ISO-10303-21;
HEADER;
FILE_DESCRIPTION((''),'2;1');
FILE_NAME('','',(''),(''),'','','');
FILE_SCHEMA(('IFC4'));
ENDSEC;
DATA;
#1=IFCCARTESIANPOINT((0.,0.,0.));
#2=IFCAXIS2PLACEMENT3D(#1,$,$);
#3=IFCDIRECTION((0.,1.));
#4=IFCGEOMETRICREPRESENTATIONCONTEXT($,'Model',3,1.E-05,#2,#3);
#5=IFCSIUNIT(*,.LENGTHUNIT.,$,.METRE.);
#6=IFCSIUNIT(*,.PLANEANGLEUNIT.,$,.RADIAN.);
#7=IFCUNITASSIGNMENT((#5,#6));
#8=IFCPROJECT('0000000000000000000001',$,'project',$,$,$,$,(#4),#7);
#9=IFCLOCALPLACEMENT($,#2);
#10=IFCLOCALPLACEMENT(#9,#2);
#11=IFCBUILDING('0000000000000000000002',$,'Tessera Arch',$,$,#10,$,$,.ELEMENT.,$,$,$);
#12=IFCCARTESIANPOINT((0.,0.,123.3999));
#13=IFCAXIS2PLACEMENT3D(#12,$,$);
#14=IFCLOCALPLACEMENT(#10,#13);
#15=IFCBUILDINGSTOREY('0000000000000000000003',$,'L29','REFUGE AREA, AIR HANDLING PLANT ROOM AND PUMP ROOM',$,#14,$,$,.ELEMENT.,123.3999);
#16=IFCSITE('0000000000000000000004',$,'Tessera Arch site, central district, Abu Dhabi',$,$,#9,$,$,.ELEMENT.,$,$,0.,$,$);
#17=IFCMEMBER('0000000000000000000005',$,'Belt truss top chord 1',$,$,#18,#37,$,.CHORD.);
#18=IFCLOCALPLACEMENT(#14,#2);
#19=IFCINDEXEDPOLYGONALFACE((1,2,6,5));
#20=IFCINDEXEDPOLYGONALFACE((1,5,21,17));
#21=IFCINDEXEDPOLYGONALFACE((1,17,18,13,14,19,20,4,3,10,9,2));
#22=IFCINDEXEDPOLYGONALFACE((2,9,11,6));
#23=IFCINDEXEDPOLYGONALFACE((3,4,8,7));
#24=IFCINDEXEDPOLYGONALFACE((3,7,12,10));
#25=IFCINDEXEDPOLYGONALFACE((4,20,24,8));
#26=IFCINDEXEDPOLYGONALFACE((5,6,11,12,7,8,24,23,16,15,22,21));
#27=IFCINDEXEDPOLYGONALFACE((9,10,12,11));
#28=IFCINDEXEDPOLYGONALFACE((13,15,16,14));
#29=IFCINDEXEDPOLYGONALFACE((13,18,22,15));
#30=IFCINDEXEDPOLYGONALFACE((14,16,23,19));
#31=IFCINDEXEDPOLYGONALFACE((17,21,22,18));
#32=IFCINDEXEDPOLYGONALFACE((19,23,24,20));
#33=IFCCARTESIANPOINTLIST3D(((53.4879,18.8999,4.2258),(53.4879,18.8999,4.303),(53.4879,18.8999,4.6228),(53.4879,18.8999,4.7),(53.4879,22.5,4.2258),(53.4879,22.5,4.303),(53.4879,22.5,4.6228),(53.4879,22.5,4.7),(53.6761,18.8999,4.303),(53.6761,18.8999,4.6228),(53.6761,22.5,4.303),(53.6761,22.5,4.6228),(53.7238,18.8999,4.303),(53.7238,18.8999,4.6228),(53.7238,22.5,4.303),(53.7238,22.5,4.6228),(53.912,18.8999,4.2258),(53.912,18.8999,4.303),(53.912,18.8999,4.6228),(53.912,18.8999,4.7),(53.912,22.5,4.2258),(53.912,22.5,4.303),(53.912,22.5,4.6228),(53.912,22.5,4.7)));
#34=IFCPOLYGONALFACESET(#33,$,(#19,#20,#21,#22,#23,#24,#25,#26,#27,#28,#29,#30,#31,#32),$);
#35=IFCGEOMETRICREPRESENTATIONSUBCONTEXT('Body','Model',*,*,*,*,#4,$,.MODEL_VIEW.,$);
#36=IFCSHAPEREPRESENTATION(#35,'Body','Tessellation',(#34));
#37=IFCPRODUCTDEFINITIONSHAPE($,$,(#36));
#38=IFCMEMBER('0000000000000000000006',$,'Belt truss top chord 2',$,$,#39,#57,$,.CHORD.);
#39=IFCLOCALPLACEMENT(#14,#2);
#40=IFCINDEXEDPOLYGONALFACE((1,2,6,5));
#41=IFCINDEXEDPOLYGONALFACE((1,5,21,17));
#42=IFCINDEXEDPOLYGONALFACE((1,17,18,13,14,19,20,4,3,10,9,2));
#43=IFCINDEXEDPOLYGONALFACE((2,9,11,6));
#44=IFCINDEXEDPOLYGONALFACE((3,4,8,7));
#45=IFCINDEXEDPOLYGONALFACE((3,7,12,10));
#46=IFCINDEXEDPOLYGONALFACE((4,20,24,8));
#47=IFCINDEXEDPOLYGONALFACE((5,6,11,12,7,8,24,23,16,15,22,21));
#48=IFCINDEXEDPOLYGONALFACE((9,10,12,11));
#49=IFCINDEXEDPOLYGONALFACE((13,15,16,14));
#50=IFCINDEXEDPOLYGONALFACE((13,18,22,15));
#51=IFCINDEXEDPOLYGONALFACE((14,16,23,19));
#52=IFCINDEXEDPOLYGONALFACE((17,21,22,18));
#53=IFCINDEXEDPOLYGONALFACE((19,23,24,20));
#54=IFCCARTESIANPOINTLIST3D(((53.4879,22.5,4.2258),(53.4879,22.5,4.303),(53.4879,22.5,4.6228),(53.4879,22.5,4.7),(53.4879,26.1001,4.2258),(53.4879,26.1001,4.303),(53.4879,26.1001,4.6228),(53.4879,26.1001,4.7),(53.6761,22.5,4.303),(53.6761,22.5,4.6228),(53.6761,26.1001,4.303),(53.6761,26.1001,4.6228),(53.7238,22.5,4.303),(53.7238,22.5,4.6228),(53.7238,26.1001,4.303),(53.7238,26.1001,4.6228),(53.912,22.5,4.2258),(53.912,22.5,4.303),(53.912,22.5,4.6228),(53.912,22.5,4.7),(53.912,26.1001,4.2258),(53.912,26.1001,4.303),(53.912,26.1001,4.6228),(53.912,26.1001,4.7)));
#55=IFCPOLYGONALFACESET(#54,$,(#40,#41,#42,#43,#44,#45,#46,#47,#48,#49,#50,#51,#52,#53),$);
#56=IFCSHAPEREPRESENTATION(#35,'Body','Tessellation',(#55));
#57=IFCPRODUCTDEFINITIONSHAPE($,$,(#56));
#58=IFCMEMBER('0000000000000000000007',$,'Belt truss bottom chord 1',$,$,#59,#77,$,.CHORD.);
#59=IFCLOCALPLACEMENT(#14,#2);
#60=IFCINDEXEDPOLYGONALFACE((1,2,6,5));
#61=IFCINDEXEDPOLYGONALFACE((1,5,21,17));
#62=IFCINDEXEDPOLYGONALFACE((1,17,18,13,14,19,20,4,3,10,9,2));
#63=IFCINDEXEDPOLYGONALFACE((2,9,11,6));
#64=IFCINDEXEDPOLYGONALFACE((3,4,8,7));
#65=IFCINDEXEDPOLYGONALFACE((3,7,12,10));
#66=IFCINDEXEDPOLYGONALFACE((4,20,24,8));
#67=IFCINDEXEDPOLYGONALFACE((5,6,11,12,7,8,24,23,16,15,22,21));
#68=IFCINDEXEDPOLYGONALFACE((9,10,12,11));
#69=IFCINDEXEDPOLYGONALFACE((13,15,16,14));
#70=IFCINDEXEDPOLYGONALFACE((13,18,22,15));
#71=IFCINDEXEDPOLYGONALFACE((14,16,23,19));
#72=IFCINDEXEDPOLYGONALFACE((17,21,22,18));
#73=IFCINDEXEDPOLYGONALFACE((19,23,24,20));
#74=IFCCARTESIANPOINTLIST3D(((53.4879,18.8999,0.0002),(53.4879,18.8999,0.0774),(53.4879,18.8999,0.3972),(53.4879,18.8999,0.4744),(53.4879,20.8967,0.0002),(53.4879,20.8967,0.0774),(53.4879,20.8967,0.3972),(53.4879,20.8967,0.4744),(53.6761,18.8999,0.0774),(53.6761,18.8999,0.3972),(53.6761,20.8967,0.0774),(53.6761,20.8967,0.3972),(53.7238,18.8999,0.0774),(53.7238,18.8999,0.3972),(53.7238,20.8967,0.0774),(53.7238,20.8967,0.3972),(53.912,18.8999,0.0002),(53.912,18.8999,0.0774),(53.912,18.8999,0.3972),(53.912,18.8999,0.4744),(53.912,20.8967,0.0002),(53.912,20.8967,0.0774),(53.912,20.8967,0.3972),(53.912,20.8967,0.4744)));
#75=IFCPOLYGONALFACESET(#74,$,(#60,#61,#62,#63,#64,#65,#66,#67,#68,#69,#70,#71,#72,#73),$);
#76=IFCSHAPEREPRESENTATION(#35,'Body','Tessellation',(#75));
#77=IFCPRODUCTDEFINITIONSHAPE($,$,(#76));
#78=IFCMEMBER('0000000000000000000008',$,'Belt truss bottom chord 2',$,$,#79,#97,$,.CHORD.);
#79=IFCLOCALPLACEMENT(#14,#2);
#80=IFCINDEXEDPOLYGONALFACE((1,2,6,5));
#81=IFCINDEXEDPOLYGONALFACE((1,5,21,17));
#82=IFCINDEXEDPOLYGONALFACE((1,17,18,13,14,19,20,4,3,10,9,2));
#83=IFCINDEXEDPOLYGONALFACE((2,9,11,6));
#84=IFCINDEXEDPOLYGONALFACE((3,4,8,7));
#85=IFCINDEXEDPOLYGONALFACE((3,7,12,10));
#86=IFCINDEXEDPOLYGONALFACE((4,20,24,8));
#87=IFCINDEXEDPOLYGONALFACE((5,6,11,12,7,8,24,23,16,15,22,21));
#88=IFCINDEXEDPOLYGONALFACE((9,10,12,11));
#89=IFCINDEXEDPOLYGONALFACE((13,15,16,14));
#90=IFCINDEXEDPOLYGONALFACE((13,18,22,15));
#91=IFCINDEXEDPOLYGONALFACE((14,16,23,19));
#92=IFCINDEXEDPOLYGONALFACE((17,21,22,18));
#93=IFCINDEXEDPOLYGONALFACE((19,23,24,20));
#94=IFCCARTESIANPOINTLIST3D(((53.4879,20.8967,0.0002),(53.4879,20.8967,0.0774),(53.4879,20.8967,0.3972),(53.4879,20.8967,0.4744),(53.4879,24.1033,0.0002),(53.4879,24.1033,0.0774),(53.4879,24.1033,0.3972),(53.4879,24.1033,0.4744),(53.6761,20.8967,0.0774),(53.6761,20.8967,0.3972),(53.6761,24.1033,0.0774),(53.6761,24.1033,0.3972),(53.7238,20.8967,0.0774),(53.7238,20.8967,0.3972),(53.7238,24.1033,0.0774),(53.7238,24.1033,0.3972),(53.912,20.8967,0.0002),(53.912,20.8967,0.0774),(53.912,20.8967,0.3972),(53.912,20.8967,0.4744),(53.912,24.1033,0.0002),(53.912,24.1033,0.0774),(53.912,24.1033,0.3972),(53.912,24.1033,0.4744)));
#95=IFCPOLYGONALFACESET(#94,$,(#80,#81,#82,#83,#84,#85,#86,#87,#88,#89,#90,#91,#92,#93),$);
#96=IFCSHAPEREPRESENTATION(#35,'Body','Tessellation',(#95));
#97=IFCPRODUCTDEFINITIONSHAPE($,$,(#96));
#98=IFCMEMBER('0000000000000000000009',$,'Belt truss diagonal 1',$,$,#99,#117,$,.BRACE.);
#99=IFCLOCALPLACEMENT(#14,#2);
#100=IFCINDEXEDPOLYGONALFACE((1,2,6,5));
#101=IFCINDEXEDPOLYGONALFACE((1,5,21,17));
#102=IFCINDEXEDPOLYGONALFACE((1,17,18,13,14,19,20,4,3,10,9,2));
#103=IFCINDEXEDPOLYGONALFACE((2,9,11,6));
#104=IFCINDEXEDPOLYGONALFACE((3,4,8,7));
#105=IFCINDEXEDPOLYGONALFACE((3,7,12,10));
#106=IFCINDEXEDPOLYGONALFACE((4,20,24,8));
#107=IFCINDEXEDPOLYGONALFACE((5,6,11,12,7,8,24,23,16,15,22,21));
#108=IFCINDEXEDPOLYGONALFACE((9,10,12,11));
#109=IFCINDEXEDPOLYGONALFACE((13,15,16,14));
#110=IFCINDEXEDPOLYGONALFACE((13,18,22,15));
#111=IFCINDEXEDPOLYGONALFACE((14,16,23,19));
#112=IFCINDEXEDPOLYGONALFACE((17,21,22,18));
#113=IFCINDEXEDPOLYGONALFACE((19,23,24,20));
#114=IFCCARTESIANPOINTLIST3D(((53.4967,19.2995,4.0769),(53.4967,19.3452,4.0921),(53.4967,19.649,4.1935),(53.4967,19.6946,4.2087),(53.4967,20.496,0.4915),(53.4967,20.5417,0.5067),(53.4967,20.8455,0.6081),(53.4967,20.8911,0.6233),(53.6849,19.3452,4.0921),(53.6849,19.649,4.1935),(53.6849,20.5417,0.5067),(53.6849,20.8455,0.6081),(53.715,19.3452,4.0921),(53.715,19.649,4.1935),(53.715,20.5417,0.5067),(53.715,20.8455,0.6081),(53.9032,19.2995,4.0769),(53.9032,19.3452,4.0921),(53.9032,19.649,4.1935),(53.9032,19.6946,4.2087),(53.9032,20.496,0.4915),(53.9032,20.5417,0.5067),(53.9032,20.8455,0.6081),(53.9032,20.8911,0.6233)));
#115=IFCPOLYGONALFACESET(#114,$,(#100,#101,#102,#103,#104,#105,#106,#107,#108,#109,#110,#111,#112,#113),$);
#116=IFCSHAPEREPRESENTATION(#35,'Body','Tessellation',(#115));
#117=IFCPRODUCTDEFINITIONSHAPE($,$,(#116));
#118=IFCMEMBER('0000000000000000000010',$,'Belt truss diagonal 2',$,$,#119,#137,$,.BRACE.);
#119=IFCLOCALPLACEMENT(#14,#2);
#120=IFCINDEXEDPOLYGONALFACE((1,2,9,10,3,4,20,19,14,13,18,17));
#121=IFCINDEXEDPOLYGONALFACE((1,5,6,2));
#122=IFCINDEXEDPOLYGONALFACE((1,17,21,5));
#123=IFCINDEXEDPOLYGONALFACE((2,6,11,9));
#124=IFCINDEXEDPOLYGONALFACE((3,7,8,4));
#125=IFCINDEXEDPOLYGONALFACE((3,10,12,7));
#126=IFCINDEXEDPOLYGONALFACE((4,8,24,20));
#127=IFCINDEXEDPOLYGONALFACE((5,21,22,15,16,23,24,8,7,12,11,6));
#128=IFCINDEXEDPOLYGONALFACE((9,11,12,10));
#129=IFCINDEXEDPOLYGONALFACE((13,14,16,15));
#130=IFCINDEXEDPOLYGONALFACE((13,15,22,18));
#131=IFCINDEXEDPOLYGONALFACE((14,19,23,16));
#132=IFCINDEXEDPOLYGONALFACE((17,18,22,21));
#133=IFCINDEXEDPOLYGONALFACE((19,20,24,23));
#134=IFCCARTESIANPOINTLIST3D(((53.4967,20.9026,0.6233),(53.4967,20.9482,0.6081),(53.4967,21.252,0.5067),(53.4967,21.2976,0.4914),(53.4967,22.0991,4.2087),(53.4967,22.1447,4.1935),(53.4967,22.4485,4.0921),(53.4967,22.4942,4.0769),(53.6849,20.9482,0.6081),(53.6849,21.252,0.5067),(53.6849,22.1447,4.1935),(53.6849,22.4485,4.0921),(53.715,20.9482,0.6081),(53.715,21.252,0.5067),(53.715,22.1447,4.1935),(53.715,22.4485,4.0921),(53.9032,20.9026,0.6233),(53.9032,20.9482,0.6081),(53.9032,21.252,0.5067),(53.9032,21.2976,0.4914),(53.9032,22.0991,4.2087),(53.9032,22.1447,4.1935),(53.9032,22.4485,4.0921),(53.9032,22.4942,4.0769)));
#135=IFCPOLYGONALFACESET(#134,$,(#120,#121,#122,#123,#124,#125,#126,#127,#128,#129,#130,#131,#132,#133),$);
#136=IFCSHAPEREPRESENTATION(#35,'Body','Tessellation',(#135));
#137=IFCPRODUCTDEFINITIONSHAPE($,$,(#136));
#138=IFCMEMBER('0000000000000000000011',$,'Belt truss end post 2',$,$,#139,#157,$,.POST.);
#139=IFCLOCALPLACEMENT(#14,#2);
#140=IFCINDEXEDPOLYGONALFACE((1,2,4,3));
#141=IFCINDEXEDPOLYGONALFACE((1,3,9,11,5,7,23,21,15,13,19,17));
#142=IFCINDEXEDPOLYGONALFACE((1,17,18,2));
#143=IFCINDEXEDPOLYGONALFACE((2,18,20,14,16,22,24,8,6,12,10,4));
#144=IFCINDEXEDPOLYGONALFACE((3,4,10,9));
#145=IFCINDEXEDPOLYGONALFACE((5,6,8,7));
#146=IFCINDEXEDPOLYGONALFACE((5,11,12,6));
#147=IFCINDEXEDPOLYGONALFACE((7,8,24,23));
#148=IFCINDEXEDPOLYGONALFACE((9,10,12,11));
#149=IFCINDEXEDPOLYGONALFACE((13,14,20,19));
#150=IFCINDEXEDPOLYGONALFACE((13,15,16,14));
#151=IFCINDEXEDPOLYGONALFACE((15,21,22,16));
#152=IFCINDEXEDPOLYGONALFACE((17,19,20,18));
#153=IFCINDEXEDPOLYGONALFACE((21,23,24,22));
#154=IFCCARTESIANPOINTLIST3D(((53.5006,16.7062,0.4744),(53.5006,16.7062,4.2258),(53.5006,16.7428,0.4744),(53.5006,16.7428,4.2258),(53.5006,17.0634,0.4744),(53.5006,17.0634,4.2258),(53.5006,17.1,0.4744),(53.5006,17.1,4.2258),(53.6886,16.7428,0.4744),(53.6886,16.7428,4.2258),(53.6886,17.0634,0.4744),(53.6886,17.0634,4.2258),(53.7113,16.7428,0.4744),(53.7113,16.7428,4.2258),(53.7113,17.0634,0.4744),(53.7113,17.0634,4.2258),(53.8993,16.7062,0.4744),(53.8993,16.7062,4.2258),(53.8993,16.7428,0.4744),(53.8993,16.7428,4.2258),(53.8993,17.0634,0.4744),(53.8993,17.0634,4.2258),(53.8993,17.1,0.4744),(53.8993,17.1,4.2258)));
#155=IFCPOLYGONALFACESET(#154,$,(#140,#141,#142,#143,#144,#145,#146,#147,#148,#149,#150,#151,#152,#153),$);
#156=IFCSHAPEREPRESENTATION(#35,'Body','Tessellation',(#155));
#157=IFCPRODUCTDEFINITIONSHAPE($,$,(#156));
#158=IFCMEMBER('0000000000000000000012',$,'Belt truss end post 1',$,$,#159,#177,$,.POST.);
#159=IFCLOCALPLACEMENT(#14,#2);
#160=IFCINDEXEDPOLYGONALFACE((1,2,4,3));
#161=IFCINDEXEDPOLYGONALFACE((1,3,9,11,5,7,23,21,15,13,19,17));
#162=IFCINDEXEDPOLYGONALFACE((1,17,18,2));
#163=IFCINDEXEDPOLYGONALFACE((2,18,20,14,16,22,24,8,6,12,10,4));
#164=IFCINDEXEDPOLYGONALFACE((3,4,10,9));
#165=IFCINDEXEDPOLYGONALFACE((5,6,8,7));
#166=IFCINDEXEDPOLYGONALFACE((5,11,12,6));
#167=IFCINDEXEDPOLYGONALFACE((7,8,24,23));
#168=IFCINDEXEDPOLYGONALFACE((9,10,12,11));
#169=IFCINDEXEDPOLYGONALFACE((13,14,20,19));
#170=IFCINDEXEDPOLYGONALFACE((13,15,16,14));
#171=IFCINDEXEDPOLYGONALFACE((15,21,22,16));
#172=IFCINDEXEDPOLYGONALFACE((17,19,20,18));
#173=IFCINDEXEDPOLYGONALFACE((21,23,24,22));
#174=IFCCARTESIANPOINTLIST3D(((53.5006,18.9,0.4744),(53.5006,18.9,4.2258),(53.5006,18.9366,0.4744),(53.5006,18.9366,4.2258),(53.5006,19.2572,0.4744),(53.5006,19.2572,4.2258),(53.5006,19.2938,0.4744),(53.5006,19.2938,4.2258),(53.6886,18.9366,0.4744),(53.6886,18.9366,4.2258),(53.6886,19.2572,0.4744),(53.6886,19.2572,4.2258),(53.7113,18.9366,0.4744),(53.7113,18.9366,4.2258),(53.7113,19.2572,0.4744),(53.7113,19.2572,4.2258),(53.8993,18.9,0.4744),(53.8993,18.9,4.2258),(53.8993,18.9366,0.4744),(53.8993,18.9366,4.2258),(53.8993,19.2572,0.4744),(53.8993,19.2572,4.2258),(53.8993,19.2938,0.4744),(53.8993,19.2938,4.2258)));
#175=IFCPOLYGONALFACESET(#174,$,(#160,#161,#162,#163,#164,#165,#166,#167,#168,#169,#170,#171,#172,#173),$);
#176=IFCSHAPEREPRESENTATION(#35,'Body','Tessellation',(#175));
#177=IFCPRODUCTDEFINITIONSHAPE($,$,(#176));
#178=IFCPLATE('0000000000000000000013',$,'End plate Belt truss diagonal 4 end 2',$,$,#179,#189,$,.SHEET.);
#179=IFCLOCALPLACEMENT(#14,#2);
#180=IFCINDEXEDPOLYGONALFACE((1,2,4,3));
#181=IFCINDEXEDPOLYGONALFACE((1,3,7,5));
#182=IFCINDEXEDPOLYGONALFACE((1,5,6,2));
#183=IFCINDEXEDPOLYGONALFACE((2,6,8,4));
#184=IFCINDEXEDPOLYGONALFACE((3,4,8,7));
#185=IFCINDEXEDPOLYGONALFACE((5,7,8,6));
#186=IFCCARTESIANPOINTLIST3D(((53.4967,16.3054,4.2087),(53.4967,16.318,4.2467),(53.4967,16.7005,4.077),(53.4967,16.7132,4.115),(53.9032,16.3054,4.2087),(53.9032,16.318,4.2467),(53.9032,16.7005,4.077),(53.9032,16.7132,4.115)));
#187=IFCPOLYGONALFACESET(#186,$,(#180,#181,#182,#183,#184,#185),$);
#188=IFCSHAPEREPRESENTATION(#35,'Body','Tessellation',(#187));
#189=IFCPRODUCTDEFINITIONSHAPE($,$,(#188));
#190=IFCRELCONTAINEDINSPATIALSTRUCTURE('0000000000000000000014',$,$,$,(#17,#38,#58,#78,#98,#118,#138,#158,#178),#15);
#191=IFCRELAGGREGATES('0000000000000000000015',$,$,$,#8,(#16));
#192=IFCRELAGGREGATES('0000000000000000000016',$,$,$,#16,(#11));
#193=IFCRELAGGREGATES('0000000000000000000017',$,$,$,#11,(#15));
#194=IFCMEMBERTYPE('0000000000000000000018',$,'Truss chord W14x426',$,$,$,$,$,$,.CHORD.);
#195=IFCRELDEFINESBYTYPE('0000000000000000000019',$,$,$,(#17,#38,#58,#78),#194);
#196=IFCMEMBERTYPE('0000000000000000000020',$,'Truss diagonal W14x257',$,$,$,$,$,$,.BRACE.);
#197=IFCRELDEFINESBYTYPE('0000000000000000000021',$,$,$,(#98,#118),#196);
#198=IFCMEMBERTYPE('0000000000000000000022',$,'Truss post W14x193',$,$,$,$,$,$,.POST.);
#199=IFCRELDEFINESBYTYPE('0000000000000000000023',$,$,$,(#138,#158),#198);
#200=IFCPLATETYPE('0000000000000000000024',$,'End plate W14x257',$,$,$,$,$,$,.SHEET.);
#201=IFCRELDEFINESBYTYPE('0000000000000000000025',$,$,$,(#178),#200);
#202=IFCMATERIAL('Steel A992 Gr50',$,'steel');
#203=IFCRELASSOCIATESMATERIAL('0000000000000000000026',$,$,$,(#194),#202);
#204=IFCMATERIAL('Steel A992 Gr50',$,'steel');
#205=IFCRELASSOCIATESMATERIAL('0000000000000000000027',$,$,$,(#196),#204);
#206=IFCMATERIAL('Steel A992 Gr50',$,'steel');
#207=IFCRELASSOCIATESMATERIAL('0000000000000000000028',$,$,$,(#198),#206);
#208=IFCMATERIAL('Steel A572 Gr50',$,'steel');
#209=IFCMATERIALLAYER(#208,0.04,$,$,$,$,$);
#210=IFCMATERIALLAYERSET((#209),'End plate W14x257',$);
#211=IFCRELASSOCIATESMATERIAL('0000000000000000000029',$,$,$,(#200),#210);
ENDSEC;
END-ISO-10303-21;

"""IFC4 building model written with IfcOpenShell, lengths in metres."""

from ifc_helpers import new_model, si_unit, direction, frame, origin, origin_2d, place, context, subcontext, project, spatial, rectangle, i_section, extrude, material, layer, layer_set, material_profile, profile_set, type_object, element, save


model = new_model("IFC4")

# Units and contexts
model_context = context("Model", 3, precision=1e-05, world=origin(), true_north=direction((0.0, 1.0)))
body_context = subcontext(model_context, "Body", "Model", "MODEL_VIEW")
ifc_project = project(units=[si_unit("LENGTHUNIT", "METRE"), si_unit("PLANEANGLEUNIT", "RADIAN")], contexts=[model_context])

# Site, building, storey
site_placement = place(None, origin())
site = spatial("IfcSite", under=ifc_project, at=site_placement, Name="Tessera Arch site, central district, Abu Dhabi", CompositionType="ELEMENT", RefElevation=0.0)
building_placement = place(site_placement, origin())
building = spatial("IfcBuilding", under=site, at=building_placement, Name="Tessera Arch", CompositionType="ELEMENT")
storey_placement = place(building_placement, frame((0.0, 0.0, 123.3999)))
storey = spatial("IfcBuildingStorey", under=building, at=storey_placement, Name="L29", Description="REFUGE AREA, AIR HANDLING PLANT ROOM AND PUMP ROOM", CompositionType="ELEMENT", Elevation=123.3999)

# Members
ifc_material_1 = material(Name="Steel A992 Gr50", Category="steel")
ifc_material_profile_1 = material_profile(ifc_material_1, i_section(OverallWidth=0.4241, OverallDepth=0.4741, WebThickness=0.0476, FlangeThickness=0.0771, at=origin_2d()), Name="W14x426")
ifc_profile_set_1 = profile_set([ifc_material_profile_1], Name="Steel A992 Gr50")
member_type_1 = type_object("IfcMemberType", Name="Truss chord W14x426", PredefinedType="CHORD", material=ifc_profile_set_1)
for number, where, z_axis, x_axis, name in (
    (1, (53.7, 18.8999, 4.4629), (0.0, 1.0, 0.0), (-1.0, 0.0, 0.0), "Belt truss top chord 1"),
    (2, (53.7, 22.5, 4.4629), (0.0, 1.0, 0.0), (-1.0, 0.0, 0.0), "Belt truss top chord 2"),
):
    element("IfcMember", number, at=place(storey_placement, frame(where, z_axis=z_axis, x_axis=x_axis)), inside=storey, type_object=member_type_1, Name=name, PredefinedType="CHORD", context=body_context, shape_type="SweptSolid", body=[
        extrude(i_section(OverallWidth=0.4241, OverallDepth=0.4741, WebThickness=0.0476, FlangeThickness=0.0771, at=origin_2d()), origin(), (0.0, 0.0, 1.0), 3.6001),
    ])
member_1_placement = place(storey_placement, frame((53.7, 18.8999, 0.2373), z_axis=(0.0, 1.0, 0.0), x_axis=(-1.0, 0.0, 0.0)))
element("IfcMember", 3, at=member_1_placement, inside=storey, type_object=member_type_1, Name="Belt truss bottom chord 1", PredefinedType="CHORD", context=body_context, shape_type="SweptSolid", body=[
    extrude(i_section(OverallWidth=0.4241, OverallDepth=0.4741, WebThickness=0.0476, FlangeThickness=0.0771, at=origin_2d()), origin(), (0.0, 0.0, 1.0), 1.9968),
])
member_2_placement = place(storey_placement, frame((53.7, 20.8967, 0.2373), z_axis=(0.0, 1.0, 0.0), x_axis=(-1.0, 0.0, 0.0)))
element("IfcMember", 4, at=member_2_placement, inside=storey, type_object=member_type_1, Name="Belt truss bottom chord 2", PredefinedType="CHORD", context=body_context, shape_type="SweptSolid", body=[
    extrude(i_section(OverallWidth=0.4241, OverallDepth=0.4741, WebThickness=0.0476, FlangeThickness=0.0771, at=origin_2d()), origin(), (0.0, 0.0, 1.0), 3.2065),
])
ifc_material_2 = material(Name="Steel A992 Gr50", Category="steel")
ifc_material_profile_2 = material_profile(ifc_material_2, i_section(OverallWidth=0.4065, OverallDepth=0.4165, WebThickness=0.03, FlangeThickness=0.0481, at=origin_2d()), Name="W14x257")
ifc_profile_set_2 = profile_set([ifc_material_profile_2], Name="Steel A992 Gr50")
member_type_2 = type_object("IfcMemberType", Name="Truss diagonal W14x257", PredefinedType="BRACE", material=ifc_profile_set_2)
for number, where, z_axis, x_axis, name in (
    (5, (53.7, 19.4971, 4.1428), (0.0, 0.316557, -0.948573), (-1.0, 0.0, 0.0), "Belt truss diagonal 1"),
    (6, (53.7, 21.1001, 0.5574), (0.0, 0.316557, 0.948573), (-1.0, 0.0, 0.0), "Belt truss diagonal 2"),
):
    element("IfcMember", number, at=place(storey_placement, frame(where, z_axis=z_axis, x_axis=x_axis)), inside=storey, type_object=member_type_2, Name=name, PredefinedType="BRACE", context=body_context, shape_type="SweptSolid", body=[
        extrude(i_section(OverallWidth=0.4065, OverallDepth=0.4165, WebThickness=0.03, FlangeThickness=0.0481, at=origin_2d()), origin(), (0.0, 0.0, 1.0), 3.7798),
    ])
ifc_material_3 = material(Name="Steel A992 Gr50", Category="steel")
ifc_material_profile_3 = material_profile(ifc_material_3, i_section(OverallWidth=0.3987, OverallDepth=0.3938, WebThickness=0.0227, FlangeThickness=0.0366, at=origin_2d()), Name="W14x193")
ifc_profile_set_3 = profile_set([ifc_material_profile_3], Name="Steel A992 Gr50")
member_type_3 = type_object("IfcMemberType", Name="Truss post W14x193", PredefinedType="POST", material=ifc_profile_set_3)
for number, where, z_axis, x_axis, name in (
    (7, (53.7, 16.9031, 0.4744), (0.0, 0.0, 1.0), (1.0, 0.0, 0.0), "Belt truss end post 2"),
    (8, (53.7, 19.0969, 0.4744), (0.0, 0.0, 1.0), (1.0, 0.0, 0.0), "Belt truss end post 1"),
):
    element("IfcMember", number, at=place(storey_placement, frame(where, z_axis=z_axis, x_axis=x_axis)), inside=storey, type_object=member_type_3, Name=name, PredefinedType="POST", context=body_context, shape_type="SweptSolid", body=[
        extrude(i_section(OverallWidth=0.3987, OverallDepth=0.3938, WebThickness=0.0227, FlangeThickness=0.0366, at=origin_2d()), origin(), (0.0, 0.0, 1.0), 3.7515),
    ])

# Plate
ifc_material_4 = material(Name="Steel A572 Gr50", Category="steel")
ifc_layer_1 = layer(ifc_material_4, 0.04)
ifc_layer_set_1 = layer_set([ifc_layer_1], Name="End plate W14x257")
plate_type = type_object("IfcPlateType", Name="End plate W14x257", PredefinedType="SHEET", material=ifc_layer_set_1)
for number, where, z_axis, x_axis, name in (
    (9, (53.7, 16.5029, 4.1428), (0.0, 0.316228, 0.948683), (-1.0, 0.0, 0.0), "End plate Belt truss diagonal 4 end 2"),
):
    element("IfcPlate", number, at=place(storey_placement, frame(where, z_axis=z_axis, x_axis=x_axis)), inside=storey, type_object=plate_type, Name=name, PredefinedType="SHEET", context=body_context, shape_type="SweptSolid", body=[
        extrude(rectangle(XDim=0.4065, YDim=0.4165, at=origin_2d()), origin(), (0.0, 0.0, 1.0), 0.04),
    ])

save(model, "model.ifc")
